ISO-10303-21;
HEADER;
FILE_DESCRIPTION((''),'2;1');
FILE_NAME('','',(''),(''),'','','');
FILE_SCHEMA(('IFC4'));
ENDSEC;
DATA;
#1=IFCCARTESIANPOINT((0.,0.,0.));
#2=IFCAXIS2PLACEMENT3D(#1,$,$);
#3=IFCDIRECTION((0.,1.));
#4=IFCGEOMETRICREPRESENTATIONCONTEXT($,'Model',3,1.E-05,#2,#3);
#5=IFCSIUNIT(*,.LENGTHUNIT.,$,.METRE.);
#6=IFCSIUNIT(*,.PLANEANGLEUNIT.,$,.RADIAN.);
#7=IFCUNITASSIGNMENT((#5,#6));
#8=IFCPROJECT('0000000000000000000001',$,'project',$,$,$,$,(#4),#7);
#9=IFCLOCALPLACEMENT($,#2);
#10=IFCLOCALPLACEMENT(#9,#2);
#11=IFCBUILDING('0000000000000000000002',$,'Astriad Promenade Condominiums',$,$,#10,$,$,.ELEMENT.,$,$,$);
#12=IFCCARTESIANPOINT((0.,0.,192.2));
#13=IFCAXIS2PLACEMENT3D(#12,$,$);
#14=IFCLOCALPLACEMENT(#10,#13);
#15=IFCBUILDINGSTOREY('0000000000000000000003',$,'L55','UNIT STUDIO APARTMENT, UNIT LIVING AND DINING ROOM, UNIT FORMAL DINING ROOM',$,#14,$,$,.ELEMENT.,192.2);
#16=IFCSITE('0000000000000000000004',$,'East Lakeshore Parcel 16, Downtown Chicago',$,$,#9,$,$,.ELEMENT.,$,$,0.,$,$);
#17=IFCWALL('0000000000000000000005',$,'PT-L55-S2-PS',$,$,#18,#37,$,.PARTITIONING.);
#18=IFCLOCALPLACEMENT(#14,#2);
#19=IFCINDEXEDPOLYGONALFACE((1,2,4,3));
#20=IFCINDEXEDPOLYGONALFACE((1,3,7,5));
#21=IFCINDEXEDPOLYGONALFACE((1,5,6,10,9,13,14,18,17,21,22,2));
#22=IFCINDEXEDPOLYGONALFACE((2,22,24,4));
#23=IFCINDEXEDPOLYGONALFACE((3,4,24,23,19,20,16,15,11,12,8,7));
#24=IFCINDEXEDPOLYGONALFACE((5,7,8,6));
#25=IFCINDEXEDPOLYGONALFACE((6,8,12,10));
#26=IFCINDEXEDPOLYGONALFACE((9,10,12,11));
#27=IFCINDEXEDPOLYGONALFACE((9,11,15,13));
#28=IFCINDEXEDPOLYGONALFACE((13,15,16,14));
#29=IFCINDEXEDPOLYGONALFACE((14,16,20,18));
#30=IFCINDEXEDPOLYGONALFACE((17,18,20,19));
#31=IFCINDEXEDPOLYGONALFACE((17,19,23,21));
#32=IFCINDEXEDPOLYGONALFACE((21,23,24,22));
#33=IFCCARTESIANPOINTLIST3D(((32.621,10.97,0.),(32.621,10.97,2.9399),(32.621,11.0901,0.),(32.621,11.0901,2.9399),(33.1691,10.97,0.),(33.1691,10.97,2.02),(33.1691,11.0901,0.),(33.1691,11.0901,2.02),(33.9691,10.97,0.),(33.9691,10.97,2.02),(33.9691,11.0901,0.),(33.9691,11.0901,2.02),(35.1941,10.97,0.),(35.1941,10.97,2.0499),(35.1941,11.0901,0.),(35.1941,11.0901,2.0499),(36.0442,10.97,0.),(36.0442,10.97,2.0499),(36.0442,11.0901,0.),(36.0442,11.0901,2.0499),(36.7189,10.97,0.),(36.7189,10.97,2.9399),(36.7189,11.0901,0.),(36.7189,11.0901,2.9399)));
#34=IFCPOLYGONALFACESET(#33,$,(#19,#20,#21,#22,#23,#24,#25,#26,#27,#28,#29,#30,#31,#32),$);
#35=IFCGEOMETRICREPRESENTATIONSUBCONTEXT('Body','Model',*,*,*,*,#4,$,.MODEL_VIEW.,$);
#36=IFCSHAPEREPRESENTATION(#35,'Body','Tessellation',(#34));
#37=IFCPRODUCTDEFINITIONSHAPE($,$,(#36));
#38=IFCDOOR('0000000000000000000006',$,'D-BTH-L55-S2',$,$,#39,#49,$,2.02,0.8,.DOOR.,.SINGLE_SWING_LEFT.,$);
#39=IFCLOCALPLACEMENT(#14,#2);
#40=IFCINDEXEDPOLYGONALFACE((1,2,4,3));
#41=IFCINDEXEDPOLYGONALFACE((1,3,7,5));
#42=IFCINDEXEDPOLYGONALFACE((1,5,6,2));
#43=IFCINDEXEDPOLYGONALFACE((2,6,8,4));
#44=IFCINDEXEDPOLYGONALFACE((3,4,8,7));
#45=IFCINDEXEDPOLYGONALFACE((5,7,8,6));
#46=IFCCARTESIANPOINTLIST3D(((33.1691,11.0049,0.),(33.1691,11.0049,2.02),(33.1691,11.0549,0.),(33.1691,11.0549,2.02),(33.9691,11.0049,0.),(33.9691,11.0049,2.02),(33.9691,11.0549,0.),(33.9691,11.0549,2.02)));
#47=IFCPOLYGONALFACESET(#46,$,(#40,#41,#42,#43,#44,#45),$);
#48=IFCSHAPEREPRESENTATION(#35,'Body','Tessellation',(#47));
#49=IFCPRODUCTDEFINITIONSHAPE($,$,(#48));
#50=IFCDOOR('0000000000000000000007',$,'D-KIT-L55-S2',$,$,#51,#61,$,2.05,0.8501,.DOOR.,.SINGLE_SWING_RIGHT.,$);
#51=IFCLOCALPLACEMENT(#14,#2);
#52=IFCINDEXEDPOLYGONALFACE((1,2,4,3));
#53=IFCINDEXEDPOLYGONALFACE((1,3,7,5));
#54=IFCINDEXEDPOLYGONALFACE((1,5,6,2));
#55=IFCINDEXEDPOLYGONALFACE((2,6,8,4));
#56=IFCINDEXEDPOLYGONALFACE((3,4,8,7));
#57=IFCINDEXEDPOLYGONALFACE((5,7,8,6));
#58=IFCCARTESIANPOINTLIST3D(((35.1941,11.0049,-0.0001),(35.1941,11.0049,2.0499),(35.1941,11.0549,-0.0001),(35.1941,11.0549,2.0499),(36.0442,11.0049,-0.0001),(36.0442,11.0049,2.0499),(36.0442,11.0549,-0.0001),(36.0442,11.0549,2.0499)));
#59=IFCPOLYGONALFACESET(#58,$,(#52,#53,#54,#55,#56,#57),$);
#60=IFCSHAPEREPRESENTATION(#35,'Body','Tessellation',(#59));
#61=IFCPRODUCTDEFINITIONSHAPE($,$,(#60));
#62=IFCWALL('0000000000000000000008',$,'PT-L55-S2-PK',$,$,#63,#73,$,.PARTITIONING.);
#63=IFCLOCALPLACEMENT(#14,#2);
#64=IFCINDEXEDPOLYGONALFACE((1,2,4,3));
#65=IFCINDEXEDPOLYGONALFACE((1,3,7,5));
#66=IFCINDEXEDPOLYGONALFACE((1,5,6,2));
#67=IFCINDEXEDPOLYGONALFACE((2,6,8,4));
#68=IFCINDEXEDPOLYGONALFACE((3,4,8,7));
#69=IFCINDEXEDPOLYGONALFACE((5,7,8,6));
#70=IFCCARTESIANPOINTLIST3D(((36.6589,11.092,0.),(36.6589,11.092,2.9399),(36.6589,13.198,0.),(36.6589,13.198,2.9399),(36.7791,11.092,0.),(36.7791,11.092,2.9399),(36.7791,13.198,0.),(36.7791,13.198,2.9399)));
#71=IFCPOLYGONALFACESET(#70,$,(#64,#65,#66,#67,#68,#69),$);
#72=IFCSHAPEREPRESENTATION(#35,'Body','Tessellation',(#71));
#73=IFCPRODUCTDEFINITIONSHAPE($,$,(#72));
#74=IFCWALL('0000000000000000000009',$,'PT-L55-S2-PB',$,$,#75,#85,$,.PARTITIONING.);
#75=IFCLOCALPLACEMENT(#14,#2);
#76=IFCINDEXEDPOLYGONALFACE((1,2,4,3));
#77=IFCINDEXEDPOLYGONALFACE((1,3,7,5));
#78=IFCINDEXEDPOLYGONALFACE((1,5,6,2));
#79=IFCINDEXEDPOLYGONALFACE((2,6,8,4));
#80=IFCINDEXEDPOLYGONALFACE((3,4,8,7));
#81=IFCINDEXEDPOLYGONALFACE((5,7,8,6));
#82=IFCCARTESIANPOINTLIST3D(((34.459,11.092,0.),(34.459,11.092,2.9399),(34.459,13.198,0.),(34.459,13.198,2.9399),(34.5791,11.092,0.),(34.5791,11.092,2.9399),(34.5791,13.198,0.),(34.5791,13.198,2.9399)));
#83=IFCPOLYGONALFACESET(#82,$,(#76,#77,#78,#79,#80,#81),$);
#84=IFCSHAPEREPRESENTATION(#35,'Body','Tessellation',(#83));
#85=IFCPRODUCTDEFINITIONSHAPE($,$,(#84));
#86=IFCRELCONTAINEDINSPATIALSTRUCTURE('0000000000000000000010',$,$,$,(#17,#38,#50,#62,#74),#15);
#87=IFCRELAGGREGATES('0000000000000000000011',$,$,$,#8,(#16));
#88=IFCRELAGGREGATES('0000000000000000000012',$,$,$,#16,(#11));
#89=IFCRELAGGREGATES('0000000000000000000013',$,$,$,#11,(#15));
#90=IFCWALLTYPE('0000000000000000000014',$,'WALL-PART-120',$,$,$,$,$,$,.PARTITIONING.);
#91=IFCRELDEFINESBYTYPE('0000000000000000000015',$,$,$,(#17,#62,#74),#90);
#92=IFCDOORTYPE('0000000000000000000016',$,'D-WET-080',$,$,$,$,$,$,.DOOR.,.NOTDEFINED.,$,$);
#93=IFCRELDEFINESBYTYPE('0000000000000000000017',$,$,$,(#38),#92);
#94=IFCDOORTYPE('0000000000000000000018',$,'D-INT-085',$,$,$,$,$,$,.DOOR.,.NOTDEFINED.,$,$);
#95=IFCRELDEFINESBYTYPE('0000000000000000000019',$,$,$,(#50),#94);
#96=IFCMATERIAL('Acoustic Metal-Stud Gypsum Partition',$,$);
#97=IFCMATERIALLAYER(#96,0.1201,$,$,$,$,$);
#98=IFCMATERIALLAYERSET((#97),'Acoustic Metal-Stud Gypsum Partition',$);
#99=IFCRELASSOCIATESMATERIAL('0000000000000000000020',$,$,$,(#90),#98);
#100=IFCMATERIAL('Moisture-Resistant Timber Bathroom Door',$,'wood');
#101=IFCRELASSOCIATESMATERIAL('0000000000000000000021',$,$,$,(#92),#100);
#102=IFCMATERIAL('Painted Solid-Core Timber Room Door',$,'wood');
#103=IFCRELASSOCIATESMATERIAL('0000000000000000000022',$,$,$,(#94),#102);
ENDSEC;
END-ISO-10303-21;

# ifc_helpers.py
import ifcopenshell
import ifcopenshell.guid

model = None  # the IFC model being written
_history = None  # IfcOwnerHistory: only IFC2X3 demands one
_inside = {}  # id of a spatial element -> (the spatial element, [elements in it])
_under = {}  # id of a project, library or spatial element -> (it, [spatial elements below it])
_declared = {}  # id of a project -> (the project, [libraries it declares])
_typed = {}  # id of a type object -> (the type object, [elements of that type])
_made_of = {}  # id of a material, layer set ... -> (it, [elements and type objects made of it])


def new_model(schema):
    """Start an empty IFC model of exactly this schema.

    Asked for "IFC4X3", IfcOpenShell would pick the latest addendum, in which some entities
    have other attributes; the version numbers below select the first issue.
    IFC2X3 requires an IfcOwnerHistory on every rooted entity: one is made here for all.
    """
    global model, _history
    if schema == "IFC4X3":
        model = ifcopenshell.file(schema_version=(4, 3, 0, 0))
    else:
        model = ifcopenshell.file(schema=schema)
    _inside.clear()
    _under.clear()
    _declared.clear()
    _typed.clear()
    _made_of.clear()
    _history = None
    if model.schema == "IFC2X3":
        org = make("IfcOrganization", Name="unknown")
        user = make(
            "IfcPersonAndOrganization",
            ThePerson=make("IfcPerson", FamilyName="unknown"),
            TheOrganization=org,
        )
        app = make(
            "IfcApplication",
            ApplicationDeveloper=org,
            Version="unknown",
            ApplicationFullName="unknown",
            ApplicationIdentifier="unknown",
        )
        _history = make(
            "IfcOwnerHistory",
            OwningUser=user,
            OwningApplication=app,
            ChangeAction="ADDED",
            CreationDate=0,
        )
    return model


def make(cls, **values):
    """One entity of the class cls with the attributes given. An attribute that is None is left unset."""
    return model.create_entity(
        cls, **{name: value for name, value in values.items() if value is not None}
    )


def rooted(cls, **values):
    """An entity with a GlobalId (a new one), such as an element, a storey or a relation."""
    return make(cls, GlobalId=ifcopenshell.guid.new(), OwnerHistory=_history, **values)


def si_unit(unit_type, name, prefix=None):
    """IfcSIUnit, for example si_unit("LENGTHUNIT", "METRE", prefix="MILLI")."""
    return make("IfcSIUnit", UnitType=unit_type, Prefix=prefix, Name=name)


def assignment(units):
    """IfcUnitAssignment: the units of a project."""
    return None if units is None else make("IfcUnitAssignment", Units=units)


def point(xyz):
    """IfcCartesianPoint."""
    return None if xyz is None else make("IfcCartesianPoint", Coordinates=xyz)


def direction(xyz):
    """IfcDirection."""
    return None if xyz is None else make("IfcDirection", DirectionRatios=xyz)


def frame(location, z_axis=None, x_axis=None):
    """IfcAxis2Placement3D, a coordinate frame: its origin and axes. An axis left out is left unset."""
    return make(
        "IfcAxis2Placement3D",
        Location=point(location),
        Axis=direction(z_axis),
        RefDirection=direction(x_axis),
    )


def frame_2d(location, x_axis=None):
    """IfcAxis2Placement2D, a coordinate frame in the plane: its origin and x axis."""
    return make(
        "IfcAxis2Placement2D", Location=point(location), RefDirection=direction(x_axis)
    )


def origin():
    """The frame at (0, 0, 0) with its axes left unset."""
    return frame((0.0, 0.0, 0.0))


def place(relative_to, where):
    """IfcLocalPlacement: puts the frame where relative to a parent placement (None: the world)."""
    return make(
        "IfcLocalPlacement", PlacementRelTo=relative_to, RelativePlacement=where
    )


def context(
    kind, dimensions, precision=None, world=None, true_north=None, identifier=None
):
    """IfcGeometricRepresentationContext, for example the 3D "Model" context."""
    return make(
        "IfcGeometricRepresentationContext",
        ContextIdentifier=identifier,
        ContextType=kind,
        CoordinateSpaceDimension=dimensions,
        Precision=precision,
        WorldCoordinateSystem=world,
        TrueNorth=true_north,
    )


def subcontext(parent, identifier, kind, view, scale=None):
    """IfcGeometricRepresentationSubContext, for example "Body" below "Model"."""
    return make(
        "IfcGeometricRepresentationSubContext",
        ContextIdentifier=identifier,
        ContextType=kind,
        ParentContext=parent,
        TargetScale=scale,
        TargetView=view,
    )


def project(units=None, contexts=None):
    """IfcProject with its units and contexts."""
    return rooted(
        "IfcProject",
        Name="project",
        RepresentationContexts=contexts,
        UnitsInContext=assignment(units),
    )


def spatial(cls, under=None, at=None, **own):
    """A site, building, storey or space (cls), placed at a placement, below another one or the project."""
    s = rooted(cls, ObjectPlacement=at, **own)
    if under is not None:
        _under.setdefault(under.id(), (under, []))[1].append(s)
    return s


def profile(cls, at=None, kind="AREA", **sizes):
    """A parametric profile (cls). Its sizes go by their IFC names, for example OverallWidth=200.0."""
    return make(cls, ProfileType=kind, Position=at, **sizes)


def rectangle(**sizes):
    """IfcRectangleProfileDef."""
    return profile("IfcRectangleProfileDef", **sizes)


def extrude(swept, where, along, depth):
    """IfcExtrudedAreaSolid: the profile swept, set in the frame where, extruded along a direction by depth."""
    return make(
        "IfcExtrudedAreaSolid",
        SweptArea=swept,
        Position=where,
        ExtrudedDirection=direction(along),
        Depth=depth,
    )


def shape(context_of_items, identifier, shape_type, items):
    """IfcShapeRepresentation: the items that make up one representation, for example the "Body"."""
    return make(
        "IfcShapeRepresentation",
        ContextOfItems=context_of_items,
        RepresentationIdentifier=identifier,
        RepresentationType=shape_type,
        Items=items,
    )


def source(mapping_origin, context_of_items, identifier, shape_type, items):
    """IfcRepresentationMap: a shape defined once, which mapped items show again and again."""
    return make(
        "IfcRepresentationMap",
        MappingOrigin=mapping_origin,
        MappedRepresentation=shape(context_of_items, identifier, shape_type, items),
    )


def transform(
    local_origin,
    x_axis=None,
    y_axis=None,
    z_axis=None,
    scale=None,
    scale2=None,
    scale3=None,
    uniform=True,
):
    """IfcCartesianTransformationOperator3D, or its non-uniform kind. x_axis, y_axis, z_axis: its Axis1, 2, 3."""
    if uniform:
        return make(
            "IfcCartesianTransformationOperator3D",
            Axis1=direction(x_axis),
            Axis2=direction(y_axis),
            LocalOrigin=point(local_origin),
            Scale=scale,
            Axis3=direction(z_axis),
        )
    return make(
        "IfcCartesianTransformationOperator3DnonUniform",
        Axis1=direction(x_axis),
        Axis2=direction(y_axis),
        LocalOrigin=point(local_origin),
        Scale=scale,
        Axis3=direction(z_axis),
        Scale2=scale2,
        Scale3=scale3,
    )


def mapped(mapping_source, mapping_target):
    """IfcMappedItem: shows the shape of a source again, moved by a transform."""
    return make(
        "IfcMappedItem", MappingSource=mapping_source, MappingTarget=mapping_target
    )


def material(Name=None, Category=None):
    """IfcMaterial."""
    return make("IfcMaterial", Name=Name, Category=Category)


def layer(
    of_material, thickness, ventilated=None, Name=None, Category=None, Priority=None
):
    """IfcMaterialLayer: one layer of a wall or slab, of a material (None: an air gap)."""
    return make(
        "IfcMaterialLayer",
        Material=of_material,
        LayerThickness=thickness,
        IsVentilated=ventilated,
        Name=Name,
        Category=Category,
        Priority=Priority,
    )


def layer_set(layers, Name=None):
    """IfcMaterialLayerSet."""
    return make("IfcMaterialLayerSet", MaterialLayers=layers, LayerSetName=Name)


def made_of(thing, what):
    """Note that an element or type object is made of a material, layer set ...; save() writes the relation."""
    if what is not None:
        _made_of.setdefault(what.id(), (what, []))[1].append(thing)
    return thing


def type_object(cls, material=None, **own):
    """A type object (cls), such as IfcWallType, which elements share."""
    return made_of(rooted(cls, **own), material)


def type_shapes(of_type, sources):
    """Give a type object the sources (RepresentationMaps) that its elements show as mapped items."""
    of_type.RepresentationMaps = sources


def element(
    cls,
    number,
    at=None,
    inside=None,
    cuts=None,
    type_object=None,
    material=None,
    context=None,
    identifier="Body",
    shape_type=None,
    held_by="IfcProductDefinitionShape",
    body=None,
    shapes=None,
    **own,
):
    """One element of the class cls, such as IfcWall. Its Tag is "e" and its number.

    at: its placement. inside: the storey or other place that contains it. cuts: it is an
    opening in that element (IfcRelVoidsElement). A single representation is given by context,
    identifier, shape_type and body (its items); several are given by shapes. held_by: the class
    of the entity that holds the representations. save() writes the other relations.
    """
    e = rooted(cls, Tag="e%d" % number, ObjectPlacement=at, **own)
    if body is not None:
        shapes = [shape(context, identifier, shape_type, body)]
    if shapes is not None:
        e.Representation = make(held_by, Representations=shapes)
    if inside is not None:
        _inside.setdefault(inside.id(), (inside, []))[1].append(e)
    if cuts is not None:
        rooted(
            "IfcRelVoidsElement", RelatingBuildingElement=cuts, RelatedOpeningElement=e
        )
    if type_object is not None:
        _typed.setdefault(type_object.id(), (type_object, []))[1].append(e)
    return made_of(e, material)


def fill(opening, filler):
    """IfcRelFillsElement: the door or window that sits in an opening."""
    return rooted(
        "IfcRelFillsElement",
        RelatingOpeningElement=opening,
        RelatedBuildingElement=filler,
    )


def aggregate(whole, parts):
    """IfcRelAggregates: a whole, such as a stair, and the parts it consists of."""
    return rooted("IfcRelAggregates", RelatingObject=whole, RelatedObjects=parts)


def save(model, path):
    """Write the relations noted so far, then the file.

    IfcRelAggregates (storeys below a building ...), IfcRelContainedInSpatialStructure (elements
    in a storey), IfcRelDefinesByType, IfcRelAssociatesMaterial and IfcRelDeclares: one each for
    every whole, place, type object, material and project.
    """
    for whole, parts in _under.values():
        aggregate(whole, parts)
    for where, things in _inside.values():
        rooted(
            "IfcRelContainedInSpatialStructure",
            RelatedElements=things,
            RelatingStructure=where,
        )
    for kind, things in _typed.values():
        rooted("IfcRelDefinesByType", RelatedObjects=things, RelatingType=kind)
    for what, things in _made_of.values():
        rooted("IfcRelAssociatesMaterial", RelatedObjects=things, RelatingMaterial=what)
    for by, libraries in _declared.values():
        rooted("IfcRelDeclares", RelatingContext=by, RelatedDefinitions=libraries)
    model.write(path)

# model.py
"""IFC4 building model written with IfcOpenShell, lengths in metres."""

from ifc_helpers import new_model, si_unit, direction, frame, frame_2d, origin, place, context, subcontext, project, spatial, rectangle, extrude, source, transform, mapped, material, layer, layer_set, type_object, type_shapes, element, fill, save


model = new_model("IFC4")

# Units and contexts
model_context = context("Model", 3, precision=1e-05, world=origin(), true_north=direction((0.0, 1.0)))
body_context = subcontext(model_context, "Body", "Model", "MODEL_VIEW")
ifc_project = project(units=[si_unit("LENGTHUNIT", "METRE"), si_unit("PLANEANGLEUNIT", "RADIAN")], contexts=[model_context])

# Site, building, storey
site_placement = place(None, origin())
site = spatial("IfcSite", under=ifc_project, at=site_placement, Name="East Lakeshore Parcel 16, Downtown Chicago", CompositionType="ELEMENT", RefElevation=0.0)
building_placement = place(site_placement, origin())
building = spatial("IfcBuilding", under=site, at=building_placement, Name="Astriad Promenade Condominiums", CompositionType="ELEMENT")
storey_placement = place(building_placement, frame((0.0, 0.0, 192.2)))
storey = spatial("IfcBuildingStorey", under=building, at=storey_placement, Name="L55", Description="UNIT STUDIO APARTMENT, UNIT LIVING AND DINING ROOM, UNIT FORMAL DINING ROOM", CompositionType="ELEMENT", Elevation=192.2)

# Wall, openings, doors
ifc_material_1 = material(Name="Acoustic Metal-Stud Gypsum Partition")
ifc_layer_1 = layer(ifc_material_1, 0.1201)
ifc_layer_set_1 = layer_set([ifc_layer_1], Name="Acoustic Metal-Stud Gypsum Partition")
wall_type_1 = type_object("IfcWallType", Name="WALL-PART-120", PredefinedType="PARTITIONING", material=ifc_layer_set_1)
wall_1_placement = place(storey_placement, frame((32.6211, 11.03, 0.0), z_axis=(0.0, 0.0, 1.0), x_axis=(1.0, 0.0, 0.0)))
wall_1 = element("IfcWall", 1, at=wall_1_placement, inside=storey, type_object=wall_type_1, Name="PT-L55-S2-PS", PredefinedType="PARTITIONING", context=body_context, shape_type="SweptSolid", body=[
    extrude(rectangle(XDim=4.0979, YDim=0.1201, at=frame_2d((2.0488, 0.0))), origin(), (0.0, 0.0, 1.0), 2.9399),
])
opening_1_placement = place(wall_1_placement, frame((0.5481, 0.0, 0.0)))
opening_1 = element("IfcOpeningElement", 2, at=opening_1_placement, cuts=wall_1, PredefinedType="OPENING", context=body_context, shape_type="SweptSolid", body=[
    extrude(rectangle(XDim=0.8, YDim=2.02, at=frame_2d((0.3999, 1.01))), frame((0.0, 0.0701, 0.0), z_axis=(0.0, -1.0, 0.0), x_axis=(1.0, 0.0, 0.0)), (0.0, 0.0, 1.0), 0.1401),
])
opening_2_placement = place(wall_1_placement, frame((2.573, 0.0, 0.0)))
opening_2 = element("IfcOpeningElement", 3, at=opening_2_placement, cuts=wall_1, PredefinedType="OPENING", context=body_context, shape_type="SweptSolid", body=[
    extrude(rectangle(XDim=0.8501, YDim=2.05, at=frame_2d((0.425, 1.0249))), frame((0.0, 0.0701, 0.0), z_axis=(0.0, -1.0, 0.0), x_axis=(1.0, 0.0, 0.0)), (0.0, 0.0, 1.0), 0.1401),
])
ifc_material_2 = material(Name="Moisture-Resistant Timber Bathroom Door", Category="wood")
door_type_1 = type_object("IfcDoorType", Name="D-WET-080", OperationType="NOTDEFINED", PredefinedType="DOOR", material=ifc_material_2)
shared_shape_1 = source(origin(), body_context, "Body", "SweptSolid", [
    extrude(rectangle(XDim=0.8, YDim=2.02, at=frame_2d((0.3999, 1.01))), frame((0.0, 0.0249, 0.0), z_axis=(0.0, -1.0, 0.0), x_axis=(1.0, 0.0, 0.0)), (0.0, 0.0, 1.0), 0.05),
])
type_shapes(door_type_1, [shared_shape_1])
door_1_placement = place(opening_1_placement, origin())
door_1 = element("IfcDoor", 4, at=door_1_placement, inside=storey, type_object=door_type_1, Name="D-BTH-L55-S2", OperationType="SINGLE_SWING_LEFT", OverallHeight=2.02, OverallWidth=0.8, PredefinedType="DOOR", context=body_context, shape_type="MappedRepresentation", body=[
    mapped(shared_shape_1, transform((0.0, 0.0, 0.0), scale=1.0)),
])
fill(opening_1, door_1)
ifc_material_3 = material(Name="Painted Solid-Core Timber Room Door", Category="wood")
door_type_2 = type_object("IfcDoorType", Name="D-INT-085", OperationType="NOTDEFINED", PredefinedType="DOOR", material=ifc_material_3)
shared_shape_2 = source(origin(), body_context, "Body", "SweptSolid", [
    extrude(rectangle(XDim=0.8501, YDim=2.05, at=frame_2d((0.425, 1.0249))), frame((0.0, 0.0249, 0.0), z_axis=(0.0, -1.0, 0.0), x_axis=(1.0, 0.0, 0.0)), (0.0, 0.0, 1.0), 0.05),
])
type_shapes(door_type_2, [shared_shape_2])
door_2_placement = place(opening_2_placement, origin())
door_2 = element("IfcDoor", 5, at=door_2_placement, inside=storey, type_object=door_type_2, Name="D-KIT-L55-S2", OperationType="SINGLE_SWING_RIGHT", OverallHeight=2.05, OverallWidth=0.8501, PredefinedType="DOOR", context=body_context, shape_type="MappedRepresentation", body=[
    mapped(shared_shape_2, transform((0.0, 0.0, 0.0), scale=1.0)),
])
fill(opening_2, door_2)

# Walls
for number, where, z_axis, x_axis, name in (
    (6, (36.719, 11.092, 0.0), (0.0, 0.0, 1.0), (0.0, 1.0, 0.0), "PT-L55-S2-PK"),
    (7, (34.519, 11.092, 0.0), (0.0, 0.0, 1.0), (0.0, 1.0, 0.0), "PT-L55-S2-PB"),
):
    element("IfcWall", number, at=place(storey_placement, frame(where, z_axis=z_axis, x_axis=x_axis)), inside=storey, type_object=wall_type_1, Name=name, PredefinedType="PARTITIONING", context=body_context, shape_type="SweptSolid", body=[
        extrude(rectangle(XDim=2.106, YDim=0.1201, at=frame_2d((1.053, 0.0))), origin(), (0.0, 0.0, 1.0), 2.9399),
    ])

save(model, "model.ifc")
